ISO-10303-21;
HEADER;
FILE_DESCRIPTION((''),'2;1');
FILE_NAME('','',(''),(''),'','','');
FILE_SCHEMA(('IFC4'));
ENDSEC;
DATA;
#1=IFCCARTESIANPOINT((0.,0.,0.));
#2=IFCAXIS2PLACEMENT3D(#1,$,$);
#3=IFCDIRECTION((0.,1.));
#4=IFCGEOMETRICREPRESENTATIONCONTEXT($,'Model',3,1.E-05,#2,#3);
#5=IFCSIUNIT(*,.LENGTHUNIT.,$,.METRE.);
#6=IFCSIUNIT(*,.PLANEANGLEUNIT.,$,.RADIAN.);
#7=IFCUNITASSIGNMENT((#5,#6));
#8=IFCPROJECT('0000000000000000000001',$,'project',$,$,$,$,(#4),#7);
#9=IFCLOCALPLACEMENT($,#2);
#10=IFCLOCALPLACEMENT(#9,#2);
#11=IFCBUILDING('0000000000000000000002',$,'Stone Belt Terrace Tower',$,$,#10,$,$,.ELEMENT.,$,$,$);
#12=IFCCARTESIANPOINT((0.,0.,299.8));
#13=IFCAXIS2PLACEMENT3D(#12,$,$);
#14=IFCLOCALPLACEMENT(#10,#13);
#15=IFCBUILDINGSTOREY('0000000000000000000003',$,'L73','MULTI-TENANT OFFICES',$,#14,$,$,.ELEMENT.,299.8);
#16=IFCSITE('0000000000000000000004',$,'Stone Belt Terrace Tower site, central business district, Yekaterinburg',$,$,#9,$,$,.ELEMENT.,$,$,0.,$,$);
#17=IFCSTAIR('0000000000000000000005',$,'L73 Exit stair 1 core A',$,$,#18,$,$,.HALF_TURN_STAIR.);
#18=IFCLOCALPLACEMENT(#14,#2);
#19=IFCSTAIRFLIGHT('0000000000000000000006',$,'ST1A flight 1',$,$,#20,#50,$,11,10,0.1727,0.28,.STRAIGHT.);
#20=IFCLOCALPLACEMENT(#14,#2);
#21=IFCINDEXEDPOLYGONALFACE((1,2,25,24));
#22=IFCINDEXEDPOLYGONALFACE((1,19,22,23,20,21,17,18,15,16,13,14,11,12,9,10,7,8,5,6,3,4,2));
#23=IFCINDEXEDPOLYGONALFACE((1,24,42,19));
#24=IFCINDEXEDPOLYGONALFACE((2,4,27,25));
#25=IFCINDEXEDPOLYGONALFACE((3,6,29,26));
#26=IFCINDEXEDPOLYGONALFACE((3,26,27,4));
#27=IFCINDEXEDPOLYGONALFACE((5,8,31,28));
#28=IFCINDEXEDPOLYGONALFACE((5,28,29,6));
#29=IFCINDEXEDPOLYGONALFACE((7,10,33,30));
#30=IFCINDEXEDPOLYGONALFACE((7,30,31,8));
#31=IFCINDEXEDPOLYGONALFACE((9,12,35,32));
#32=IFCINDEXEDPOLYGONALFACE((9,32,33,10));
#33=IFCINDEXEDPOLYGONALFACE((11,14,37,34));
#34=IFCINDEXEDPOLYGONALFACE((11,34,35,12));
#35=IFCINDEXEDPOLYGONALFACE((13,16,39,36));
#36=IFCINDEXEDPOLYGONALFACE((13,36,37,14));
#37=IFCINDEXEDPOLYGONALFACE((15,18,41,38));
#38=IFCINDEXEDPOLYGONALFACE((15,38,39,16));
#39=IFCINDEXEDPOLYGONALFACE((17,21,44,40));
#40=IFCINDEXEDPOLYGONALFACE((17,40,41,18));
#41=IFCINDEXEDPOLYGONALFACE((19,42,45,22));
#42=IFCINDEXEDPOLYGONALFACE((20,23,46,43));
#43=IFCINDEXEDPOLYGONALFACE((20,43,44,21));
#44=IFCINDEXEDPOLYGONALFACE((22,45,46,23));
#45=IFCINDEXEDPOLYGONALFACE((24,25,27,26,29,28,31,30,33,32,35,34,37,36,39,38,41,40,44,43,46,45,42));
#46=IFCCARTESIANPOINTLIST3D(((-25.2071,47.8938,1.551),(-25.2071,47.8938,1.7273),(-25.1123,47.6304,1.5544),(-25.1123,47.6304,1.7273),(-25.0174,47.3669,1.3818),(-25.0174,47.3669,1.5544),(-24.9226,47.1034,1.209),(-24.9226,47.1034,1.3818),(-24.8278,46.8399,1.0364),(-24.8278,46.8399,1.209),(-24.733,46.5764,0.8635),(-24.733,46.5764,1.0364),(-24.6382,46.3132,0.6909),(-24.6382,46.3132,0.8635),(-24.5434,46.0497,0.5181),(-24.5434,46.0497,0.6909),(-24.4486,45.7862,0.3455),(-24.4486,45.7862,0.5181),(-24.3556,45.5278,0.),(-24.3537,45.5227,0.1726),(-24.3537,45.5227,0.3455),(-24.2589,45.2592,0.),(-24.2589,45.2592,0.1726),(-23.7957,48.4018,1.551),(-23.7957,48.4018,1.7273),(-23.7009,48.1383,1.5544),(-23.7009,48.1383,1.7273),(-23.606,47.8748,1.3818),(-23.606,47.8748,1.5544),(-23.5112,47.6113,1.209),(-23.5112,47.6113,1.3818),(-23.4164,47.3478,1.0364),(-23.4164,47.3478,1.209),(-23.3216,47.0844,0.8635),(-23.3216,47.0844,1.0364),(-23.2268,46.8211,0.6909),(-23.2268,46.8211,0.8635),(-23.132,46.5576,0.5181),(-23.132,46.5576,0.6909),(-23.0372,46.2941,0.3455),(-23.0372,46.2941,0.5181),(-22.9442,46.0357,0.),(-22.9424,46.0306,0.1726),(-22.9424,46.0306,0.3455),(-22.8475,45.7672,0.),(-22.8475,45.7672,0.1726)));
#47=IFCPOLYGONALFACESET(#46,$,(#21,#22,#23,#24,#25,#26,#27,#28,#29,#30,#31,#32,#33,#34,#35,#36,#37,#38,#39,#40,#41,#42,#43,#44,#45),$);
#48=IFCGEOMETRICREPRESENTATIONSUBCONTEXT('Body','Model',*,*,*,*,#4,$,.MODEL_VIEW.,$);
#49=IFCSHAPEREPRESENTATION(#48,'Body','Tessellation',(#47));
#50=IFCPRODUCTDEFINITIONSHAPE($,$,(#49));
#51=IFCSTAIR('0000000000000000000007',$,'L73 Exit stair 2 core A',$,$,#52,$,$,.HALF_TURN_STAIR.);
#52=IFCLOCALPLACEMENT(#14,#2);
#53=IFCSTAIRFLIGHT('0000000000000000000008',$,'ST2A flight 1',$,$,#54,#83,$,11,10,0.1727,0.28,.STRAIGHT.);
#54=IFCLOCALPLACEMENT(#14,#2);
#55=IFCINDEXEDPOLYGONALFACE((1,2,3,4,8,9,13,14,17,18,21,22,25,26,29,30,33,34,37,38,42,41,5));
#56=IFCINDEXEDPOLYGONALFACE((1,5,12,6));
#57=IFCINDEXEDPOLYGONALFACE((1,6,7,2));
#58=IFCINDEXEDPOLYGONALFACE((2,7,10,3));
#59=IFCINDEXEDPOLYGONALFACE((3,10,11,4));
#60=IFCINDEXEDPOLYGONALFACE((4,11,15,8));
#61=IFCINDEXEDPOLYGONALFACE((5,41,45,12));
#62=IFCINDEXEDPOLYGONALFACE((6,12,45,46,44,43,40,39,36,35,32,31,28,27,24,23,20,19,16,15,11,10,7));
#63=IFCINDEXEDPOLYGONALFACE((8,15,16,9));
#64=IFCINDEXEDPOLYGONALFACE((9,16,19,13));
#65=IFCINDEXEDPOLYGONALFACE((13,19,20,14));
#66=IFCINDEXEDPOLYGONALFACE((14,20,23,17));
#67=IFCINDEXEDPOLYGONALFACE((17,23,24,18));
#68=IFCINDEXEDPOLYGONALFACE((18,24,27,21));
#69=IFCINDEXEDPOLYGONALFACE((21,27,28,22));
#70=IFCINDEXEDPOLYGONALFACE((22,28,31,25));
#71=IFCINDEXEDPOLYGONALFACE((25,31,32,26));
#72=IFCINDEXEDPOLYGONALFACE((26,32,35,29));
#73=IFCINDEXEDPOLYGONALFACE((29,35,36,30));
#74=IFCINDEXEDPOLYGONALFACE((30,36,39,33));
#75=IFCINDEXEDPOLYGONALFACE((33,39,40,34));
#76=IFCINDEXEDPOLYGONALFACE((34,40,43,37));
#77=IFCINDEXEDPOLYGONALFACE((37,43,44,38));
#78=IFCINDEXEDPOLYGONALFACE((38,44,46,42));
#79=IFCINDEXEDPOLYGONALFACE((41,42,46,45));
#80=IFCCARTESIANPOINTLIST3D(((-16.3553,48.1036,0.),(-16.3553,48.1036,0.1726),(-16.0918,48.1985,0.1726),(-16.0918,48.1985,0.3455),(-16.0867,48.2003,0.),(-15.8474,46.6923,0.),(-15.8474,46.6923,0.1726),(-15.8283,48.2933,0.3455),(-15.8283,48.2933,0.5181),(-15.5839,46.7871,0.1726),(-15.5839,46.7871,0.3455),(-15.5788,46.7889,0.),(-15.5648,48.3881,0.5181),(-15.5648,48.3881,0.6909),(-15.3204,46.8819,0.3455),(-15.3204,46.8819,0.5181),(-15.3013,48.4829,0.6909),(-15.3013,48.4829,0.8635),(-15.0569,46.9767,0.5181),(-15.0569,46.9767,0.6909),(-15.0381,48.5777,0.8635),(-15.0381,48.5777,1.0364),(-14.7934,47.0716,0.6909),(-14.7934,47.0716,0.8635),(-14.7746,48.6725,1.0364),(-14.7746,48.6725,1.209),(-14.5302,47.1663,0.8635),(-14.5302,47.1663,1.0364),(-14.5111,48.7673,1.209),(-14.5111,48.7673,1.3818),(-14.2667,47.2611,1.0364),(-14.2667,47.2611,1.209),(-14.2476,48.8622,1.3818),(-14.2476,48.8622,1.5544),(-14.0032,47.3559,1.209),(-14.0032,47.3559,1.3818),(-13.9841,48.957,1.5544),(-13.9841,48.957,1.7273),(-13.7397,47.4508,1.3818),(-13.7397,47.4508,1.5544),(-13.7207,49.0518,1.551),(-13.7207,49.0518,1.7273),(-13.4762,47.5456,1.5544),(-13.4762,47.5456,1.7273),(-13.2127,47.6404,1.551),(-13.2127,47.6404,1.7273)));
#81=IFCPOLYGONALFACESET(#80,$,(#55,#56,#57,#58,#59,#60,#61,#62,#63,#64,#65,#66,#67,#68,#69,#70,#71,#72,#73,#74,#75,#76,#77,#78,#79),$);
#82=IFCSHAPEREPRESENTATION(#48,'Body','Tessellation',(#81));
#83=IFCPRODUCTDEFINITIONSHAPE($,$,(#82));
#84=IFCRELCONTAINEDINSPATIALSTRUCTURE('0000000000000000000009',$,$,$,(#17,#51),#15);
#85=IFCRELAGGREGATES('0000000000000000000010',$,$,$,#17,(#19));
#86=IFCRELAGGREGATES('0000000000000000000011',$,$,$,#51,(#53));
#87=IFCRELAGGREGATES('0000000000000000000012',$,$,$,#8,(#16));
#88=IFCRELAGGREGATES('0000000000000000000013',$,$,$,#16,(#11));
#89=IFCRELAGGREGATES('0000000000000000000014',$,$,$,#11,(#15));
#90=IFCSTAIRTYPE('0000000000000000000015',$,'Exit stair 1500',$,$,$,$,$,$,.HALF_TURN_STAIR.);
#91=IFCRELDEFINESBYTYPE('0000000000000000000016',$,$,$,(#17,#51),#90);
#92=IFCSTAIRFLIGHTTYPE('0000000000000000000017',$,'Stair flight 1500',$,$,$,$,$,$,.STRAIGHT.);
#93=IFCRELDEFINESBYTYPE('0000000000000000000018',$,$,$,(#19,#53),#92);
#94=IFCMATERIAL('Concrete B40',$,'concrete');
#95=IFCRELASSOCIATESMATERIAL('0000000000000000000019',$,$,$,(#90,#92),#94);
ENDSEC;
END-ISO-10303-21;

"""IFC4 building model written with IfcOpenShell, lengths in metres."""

from ifc_helpers import new_model, si_unit, direction, frame, origin, place, context, subcontext, project, spatial, polyline, outline, extrude, material, type_object, element, aggregate, save


model = new_model("IFC4")

# Units and contexts
model_context = context("Model", 3, precision=1e-05, world=origin(), true_north=direction((0.0, 1.0)))
body_context = subcontext(model_context, "Body", "Model", "MODEL_VIEW")
ifc_project = project(units=[si_unit("LENGTHUNIT", "METRE"), si_unit("PLANEANGLEUNIT", "RADIAN")], contexts=[model_context])

# Site, building, storey
site_placement = place(None, origin())
site = spatial("IfcSite", under=ifc_project, at=site_placement, Name="Stone Belt Terrace Tower site, central business district, Yekaterinburg", CompositionType="ELEMENT", RefElevation=0.0)
building_placement = place(site_placement, origin())
building = spatial("IfcBuilding", under=site, at=building_placement, Name="Stone Belt Terrace Tower", CompositionType="ELEMENT")
storey_placement = place(building_placement, frame((0.0, 0.0, 299.8)))
storey = spatial("IfcBuildingStorey", under=building, at=storey_placement, Name="L73", Description="MULTI-TENANT OFFICES", CompositionType="ELEMENT", Elevation=299.8)

# Stairs, stair flights
ifc_material_1 = material(Name="Concrete B40", Category="concrete")
stair_type = type_object("IfcStairType", Name="Exit stair 1500", PredefinedType="HALF_TURN_STAIR", material=ifc_material_1)
stair_1_placement = place(storey_placement, origin())
stair_1 = element("IfcStair", 1, at=stair_1_placement, inside=storey, type_object=stair_type, Name="L73 Exit stair 1 core A", PredefinedType="HALF_TURN_STAIR")
stair_flight_type = type_object("IfcStairFlightType", Name="Stair flight 1500", PredefinedType="STRAIGHT", material=ifc_material_1)
stair_flight_1_placement = place(storey_placement, frame((-23.5532, 45.5132, 0.0), z_axis=(0.0, 0.0, 1.0), x_axis=(-0.338624, 0.940922, 0.0)))
stair_flight_1 = element("IfcStairFlight", 2, at=stair_flight_1_placement, type_object=stair_flight_type, Name="ST1A flight 1", NumberOfRisers=11, NumberOfTreads=10, PredefinedType="STRAIGHT", RiserHeight=0.1727, TreadLength=0.28, context=body_context, shape_type="SweptSolid", body=[
    extrude(outline(polyline([(0.0, 0.0), (0.0, 0.1726), (0.28, 0.1726), (0.28, 0.3455), (0.5601, 0.3455), (0.5601, 0.5181), (0.8401, 0.5181), (0.8401, 0.6909), (1.1201, 0.6909), (1.1201, 0.8635), (1.3999, 0.8635), (1.3999, 1.0364), (1.6799, 1.0364), (1.6799, 1.209), (1.96, 1.209), (1.96, 1.3818), (2.24, 1.3818), (2.24, 1.5544), (2.52, 1.5544), (2.52, 1.7273), (2.8, 1.7273), (2.8, 1.8999), (2.8, 1.551), (0.2854, 0.0), (0.0, 0.0)])), frame((0.0, 0.75, 0.0), z_axis=(0.0, -1.0, 0.0), x_axis=(1.0, 0.0, 0.0)), (0.0, 0.0, 1.0), 1.5),
])
aggregate(stair_1, [stair_flight_1])
stair_2_placement = place(storey_placement, origin())
stair_2 = element("IfcStair", 3, at=stair_2_placement, inside=storey, type_object=stair_type, Name="L73 Exit stair 2 core A", PredefinedType="HALF_TURN_STAIR")
stair_flight_2_placement = place(storey_placement, frame((-16.1013, 47.3979, 0.0), z_axis=(0.0, 0.0, 1.0), x_axis=(0.940922, 0.338624, 0.0)))
stair_flight_2 = element("IfcStairFlight", 4, at=stair_flight_2_placement, type_object=stair_flight_type, Name="ST2A flight 1", NumberOfRisers=11, NumberOfTreads=10, PredefinedType="STRAIGHT", RiserHeight=0.1727, TreadLength=0.28, context=body_context, shape_type="SweptSolid", body=[
    extrude(outline(polyline([(0.0, 0.0), (0.0, 0.1726), (0.28, 0.1726), (0.28, 0.3455), (0.5601, 0.3455), (0.5601, 0.5181), (0.8401, 0.5181), (0.8401, 0.6909), (1.1201, 0.6909), (1.1201, 0.8635), (1.3999, 0.8635), (1.3999, 1.0364), (1.6799, 1.0364), (1.6799, 1.209), (1.96, 1.209), (1.96, 1.3818), (2.24, 1.3818), (2.24, 1.5544), (2.52, 1.5544), (2.52, 1.7273), (2.8, 1.7273), (2.8, 1.8999), (2.8, 1.551), (0.2854, 0.0), (0.0, 0.0)])), frame((0.0, 0.75, 0.0), z_axis=(0.0, -1.0, 0.0), x_axis=(1.0, 0.0, 0.0)), (0.0, 0.0, 1.0), 1.5),
])
aggregate(stair_2, [stair_flight_2])

save(model, "model.ifc")
